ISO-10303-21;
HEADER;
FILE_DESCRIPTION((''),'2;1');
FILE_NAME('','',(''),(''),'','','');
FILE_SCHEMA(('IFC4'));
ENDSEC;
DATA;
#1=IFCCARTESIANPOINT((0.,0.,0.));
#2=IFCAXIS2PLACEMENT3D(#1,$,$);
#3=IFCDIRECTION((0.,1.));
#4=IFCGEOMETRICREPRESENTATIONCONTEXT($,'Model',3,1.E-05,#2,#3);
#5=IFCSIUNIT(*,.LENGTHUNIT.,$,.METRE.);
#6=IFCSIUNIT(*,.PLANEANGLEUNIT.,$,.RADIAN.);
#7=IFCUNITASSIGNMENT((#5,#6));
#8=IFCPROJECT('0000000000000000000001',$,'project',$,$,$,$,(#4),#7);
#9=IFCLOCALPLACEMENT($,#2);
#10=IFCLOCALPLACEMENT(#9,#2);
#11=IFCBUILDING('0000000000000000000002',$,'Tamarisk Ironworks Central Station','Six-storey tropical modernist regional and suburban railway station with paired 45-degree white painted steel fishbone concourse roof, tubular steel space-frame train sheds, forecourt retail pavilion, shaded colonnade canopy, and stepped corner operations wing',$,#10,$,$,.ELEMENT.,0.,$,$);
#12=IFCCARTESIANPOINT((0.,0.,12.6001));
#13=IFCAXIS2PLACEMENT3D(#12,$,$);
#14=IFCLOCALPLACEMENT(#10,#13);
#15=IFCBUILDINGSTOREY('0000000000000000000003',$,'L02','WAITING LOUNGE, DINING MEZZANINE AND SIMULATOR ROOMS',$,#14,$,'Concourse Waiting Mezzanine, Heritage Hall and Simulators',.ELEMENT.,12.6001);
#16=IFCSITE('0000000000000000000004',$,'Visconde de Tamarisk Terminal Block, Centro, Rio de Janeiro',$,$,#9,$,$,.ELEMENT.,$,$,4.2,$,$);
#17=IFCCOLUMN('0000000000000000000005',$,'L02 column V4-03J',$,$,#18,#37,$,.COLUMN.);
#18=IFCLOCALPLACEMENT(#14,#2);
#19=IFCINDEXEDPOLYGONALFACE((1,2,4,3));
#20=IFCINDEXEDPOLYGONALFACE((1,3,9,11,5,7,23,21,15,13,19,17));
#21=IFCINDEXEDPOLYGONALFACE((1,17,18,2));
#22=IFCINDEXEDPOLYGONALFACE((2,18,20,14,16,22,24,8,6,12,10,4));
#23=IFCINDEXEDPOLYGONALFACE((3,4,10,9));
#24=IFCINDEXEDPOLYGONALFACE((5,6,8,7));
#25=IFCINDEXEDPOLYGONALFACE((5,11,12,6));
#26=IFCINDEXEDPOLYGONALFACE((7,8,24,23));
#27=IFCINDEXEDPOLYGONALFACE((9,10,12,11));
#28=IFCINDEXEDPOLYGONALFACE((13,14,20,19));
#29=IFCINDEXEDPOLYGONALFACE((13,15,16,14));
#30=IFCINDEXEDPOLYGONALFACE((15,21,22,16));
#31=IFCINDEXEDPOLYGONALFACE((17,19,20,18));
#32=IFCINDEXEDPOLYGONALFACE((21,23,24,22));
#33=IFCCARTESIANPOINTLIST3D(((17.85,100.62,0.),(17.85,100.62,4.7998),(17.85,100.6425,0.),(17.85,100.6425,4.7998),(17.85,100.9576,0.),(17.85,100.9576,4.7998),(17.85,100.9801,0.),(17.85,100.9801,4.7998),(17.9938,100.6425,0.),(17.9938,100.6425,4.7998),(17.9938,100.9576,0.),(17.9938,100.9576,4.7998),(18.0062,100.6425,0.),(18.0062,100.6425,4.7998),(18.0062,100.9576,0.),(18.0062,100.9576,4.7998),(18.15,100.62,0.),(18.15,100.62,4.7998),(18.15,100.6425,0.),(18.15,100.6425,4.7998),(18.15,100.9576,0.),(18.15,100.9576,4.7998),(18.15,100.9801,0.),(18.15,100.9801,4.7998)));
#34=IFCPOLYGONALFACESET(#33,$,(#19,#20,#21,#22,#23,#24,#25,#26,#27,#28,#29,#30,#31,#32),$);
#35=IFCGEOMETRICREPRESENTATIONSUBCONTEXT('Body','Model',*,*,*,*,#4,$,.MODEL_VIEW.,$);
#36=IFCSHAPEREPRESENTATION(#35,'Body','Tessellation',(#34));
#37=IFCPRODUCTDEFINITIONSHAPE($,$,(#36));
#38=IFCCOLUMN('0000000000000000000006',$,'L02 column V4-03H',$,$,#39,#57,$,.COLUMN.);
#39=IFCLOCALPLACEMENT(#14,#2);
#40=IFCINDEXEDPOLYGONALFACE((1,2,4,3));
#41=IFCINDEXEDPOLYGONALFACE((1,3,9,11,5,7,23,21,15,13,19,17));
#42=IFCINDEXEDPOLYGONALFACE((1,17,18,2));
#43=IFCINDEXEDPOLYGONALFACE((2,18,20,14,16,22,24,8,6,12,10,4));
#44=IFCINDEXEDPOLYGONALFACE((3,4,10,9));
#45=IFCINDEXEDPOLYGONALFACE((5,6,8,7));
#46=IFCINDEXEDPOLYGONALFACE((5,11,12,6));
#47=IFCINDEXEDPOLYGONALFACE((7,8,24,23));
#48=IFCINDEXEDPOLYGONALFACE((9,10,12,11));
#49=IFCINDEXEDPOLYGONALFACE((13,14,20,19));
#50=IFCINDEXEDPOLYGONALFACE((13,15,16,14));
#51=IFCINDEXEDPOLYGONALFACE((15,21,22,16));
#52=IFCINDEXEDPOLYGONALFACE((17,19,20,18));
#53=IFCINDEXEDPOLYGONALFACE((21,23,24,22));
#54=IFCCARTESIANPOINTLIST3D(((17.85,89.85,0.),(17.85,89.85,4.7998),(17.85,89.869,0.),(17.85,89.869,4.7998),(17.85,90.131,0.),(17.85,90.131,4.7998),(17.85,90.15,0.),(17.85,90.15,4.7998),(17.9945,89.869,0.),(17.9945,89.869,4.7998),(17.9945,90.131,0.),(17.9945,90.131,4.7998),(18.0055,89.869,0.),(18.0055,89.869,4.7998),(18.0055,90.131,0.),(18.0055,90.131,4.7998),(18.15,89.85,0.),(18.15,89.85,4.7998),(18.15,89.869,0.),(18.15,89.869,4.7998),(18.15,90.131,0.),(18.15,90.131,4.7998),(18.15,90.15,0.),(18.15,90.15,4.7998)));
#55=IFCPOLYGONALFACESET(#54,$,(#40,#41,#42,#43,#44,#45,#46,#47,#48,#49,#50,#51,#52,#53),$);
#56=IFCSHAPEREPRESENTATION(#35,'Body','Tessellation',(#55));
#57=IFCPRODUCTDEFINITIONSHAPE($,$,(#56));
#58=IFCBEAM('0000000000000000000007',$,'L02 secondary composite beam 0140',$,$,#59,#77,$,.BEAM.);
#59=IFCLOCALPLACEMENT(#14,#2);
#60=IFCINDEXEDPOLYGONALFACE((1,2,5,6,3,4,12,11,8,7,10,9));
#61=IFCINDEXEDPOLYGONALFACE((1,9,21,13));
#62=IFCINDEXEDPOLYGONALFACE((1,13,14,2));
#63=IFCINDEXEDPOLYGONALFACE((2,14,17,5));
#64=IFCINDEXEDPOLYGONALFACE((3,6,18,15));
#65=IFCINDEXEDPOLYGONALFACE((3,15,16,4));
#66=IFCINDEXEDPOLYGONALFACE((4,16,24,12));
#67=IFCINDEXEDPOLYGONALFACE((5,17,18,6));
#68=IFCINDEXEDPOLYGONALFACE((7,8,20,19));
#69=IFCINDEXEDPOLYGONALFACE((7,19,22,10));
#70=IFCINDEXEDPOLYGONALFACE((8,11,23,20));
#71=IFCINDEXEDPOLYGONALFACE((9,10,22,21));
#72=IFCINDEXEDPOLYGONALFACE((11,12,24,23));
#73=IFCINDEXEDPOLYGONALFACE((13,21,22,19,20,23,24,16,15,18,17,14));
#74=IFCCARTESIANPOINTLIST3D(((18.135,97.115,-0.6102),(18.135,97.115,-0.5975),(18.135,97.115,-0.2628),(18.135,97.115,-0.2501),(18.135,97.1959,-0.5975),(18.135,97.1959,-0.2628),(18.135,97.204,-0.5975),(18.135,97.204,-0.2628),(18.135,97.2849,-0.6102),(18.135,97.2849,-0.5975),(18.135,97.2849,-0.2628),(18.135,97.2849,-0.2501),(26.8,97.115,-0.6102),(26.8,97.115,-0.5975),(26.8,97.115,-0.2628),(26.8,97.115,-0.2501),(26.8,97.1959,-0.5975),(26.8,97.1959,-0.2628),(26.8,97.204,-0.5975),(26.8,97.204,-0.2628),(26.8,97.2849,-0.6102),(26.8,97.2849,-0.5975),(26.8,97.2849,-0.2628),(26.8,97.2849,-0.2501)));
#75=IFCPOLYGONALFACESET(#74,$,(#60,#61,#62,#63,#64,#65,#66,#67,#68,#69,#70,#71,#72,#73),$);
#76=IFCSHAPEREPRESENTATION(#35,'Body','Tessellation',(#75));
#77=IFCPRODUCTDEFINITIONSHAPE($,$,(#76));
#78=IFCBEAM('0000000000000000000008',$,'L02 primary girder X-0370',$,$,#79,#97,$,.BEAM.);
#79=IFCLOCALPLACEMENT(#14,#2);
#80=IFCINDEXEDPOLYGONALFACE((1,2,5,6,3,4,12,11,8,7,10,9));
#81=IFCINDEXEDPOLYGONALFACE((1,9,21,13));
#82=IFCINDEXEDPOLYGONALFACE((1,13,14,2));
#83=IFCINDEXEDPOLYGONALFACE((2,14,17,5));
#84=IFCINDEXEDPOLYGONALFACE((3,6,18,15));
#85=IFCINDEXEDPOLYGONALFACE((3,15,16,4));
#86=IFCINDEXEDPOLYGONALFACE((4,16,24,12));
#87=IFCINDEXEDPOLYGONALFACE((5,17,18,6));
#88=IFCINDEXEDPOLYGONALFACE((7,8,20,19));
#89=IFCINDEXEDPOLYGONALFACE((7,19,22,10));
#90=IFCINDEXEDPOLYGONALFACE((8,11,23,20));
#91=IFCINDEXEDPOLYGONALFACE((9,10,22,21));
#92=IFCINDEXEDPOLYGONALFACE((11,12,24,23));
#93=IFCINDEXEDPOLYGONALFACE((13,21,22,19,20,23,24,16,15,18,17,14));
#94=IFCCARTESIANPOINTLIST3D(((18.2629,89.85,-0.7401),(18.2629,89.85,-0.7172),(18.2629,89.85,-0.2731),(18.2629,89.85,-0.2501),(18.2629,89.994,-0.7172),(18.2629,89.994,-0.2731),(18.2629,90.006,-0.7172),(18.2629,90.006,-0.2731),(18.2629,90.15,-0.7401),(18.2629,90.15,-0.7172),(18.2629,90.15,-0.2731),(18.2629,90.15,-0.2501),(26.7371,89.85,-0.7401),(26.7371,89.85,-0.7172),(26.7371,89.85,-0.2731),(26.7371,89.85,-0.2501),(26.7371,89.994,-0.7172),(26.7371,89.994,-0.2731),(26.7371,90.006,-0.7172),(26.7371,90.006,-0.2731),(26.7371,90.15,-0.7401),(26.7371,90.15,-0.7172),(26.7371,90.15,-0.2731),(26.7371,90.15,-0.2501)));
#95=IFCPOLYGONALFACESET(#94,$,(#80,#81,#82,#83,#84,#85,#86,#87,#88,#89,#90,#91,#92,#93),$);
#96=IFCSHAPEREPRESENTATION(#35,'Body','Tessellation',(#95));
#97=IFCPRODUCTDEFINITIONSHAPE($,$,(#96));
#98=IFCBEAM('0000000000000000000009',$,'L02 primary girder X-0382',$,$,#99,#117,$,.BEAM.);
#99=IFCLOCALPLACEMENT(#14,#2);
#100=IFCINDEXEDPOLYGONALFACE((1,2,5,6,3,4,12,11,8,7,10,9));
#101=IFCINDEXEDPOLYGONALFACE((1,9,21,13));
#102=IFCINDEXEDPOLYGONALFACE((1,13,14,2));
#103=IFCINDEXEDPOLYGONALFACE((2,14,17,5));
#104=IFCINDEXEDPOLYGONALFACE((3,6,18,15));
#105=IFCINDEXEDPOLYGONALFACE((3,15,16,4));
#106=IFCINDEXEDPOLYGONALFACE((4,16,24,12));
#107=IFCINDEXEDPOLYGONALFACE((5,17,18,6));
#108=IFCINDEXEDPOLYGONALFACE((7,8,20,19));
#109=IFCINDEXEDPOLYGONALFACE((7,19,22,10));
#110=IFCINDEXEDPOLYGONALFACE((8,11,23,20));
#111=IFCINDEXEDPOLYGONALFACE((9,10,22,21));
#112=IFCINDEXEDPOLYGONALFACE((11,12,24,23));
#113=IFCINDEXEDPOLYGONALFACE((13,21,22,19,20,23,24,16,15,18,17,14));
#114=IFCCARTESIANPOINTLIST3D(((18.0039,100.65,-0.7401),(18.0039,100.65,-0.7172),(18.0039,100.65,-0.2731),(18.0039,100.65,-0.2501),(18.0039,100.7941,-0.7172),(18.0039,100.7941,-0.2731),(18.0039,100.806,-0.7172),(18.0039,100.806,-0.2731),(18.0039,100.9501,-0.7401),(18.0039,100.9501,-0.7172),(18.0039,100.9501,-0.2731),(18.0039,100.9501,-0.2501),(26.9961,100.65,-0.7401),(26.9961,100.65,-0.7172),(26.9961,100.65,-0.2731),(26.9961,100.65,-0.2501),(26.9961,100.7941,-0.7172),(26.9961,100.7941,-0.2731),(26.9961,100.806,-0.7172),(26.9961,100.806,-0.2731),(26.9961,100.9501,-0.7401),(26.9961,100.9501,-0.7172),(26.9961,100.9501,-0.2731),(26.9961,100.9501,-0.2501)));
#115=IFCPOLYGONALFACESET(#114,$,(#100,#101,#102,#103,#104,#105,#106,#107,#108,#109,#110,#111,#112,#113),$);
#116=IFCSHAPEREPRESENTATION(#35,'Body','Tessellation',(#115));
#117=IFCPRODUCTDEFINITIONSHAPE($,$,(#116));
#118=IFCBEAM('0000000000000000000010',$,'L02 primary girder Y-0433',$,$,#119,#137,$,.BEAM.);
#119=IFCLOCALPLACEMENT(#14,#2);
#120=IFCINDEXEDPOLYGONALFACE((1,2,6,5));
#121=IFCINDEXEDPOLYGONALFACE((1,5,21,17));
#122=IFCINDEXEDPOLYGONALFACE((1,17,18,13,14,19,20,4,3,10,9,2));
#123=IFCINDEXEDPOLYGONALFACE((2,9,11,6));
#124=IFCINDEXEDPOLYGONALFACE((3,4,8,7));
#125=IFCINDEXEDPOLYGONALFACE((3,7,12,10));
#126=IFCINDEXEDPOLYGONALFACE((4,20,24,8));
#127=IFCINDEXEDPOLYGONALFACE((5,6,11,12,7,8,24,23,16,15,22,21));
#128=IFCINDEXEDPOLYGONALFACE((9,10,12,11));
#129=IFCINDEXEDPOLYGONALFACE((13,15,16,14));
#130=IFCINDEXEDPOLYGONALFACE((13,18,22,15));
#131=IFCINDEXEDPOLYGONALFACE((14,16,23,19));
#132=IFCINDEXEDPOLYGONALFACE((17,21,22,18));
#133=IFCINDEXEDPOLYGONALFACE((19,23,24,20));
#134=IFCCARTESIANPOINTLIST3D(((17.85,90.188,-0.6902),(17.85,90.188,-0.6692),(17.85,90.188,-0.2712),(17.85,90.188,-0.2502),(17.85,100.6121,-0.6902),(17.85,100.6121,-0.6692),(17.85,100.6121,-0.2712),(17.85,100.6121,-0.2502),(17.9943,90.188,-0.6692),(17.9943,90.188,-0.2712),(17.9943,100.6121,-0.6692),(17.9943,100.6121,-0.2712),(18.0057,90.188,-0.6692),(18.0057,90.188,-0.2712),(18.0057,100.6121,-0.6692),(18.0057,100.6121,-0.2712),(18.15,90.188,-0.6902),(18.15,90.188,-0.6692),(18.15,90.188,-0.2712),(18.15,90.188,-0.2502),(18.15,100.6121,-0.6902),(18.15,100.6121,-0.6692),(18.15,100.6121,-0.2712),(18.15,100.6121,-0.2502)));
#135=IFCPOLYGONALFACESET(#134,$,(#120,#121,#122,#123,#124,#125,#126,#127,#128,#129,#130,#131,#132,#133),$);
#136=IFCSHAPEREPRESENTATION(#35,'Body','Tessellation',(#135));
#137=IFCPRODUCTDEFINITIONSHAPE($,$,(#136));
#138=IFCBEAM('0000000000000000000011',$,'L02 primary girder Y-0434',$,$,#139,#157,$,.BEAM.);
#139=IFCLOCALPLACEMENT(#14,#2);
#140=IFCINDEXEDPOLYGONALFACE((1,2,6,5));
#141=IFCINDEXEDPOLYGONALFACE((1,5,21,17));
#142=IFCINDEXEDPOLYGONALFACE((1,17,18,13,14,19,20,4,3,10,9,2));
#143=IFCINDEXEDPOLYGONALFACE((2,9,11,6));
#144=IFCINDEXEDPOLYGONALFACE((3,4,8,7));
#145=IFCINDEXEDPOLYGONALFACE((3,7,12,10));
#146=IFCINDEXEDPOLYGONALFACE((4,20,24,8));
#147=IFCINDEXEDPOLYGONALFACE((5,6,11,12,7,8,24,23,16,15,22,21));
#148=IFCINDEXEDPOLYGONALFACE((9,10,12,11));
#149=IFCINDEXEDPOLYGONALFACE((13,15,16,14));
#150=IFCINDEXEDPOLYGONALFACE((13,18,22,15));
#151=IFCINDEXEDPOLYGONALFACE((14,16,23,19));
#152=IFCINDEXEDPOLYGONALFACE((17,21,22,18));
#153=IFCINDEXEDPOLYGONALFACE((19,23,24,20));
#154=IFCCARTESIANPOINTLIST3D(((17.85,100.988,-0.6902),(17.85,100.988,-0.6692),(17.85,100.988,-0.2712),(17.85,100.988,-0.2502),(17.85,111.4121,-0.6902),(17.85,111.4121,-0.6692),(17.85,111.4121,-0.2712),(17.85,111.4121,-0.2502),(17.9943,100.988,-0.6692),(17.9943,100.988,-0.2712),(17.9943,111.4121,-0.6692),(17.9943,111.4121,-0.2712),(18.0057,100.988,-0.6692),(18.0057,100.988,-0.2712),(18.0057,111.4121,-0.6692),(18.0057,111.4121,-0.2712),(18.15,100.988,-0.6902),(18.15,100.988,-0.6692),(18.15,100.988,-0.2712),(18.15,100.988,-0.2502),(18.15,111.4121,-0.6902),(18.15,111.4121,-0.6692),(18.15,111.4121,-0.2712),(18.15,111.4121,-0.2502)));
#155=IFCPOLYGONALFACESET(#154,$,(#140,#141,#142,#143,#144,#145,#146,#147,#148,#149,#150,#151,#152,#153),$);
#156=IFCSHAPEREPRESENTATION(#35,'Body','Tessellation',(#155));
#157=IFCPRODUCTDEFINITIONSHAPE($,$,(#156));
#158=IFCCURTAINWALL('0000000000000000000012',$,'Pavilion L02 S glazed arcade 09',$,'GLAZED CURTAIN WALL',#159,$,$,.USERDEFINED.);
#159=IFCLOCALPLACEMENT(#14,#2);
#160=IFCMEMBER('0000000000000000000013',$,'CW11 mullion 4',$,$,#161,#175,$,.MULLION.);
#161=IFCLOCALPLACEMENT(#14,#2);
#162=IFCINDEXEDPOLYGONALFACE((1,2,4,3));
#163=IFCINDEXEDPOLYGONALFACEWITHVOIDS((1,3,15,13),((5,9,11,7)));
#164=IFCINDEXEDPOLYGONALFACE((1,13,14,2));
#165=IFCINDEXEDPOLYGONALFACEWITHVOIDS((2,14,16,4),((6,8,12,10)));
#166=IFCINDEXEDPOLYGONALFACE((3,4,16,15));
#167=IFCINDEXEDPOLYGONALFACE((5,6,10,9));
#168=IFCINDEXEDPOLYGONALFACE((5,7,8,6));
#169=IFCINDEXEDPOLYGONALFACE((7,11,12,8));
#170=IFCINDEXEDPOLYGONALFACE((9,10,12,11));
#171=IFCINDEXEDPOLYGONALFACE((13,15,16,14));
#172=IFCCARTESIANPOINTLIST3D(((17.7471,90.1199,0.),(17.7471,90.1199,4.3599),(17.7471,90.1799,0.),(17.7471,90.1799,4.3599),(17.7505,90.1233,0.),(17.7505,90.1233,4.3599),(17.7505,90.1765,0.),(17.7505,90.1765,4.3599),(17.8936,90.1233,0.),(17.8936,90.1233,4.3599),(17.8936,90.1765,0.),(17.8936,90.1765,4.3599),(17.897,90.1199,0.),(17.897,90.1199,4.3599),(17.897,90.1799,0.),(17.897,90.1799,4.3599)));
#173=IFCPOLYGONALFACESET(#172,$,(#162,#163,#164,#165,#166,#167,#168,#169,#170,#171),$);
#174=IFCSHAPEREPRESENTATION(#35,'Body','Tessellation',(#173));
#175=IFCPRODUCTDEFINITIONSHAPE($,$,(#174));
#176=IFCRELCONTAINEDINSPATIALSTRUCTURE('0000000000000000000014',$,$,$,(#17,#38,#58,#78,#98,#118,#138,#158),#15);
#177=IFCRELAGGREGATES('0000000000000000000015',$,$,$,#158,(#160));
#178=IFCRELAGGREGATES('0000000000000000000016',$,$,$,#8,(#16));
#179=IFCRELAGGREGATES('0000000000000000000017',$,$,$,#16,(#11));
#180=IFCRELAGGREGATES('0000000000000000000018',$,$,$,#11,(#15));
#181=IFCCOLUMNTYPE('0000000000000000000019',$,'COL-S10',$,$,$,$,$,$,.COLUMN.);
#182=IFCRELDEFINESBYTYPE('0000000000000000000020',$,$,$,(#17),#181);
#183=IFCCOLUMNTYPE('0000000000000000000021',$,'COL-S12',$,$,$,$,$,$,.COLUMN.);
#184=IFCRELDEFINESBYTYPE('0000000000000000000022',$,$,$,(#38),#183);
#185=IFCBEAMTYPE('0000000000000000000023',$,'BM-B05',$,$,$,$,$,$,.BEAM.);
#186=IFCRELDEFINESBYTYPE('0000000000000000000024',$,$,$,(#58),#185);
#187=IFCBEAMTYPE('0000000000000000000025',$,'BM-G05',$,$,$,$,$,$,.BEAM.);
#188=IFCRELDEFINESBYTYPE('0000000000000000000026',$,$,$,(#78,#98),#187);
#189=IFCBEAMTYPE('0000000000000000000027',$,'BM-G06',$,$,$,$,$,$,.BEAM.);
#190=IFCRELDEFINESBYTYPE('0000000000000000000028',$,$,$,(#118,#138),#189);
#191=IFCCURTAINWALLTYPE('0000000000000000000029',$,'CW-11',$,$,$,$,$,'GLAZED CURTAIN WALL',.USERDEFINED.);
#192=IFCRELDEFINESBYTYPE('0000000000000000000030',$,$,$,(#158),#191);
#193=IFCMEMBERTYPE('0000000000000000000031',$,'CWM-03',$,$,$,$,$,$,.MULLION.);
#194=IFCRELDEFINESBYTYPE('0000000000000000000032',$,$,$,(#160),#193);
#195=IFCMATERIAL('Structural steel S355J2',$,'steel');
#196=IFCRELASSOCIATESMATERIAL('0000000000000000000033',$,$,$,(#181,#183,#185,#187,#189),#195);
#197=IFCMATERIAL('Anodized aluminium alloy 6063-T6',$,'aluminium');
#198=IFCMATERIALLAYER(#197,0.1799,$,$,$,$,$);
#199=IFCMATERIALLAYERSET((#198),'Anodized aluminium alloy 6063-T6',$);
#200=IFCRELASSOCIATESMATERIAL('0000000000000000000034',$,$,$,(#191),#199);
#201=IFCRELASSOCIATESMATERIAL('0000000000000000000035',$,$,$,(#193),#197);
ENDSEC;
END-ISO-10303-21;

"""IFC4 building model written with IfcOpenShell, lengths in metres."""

from ifc_helpers import new_model, si_unit, direction, frame, origin, origin_2d, place, context, subcontext, project, spatial, hollow_rectangle, i_section, extrude, material, layer, layer_set, material_profile, profile_set, type_object, element, aggregate, save


model = new_model("IFC4")

# Units and contexts
model_context = context("Model", 3, precision=1e-05, world=origin(), true_north=direction((0.0, 1.0)))
body_context = subcontext(model_context, "Body", "Model", "MODEL_VIEW")
ifc_project = project(units=[si_unit("LENGTHUNIT", "METRE"), si_unit("PLANEANGLEUNIT", "RADIAN")], contexts=[model_context])

# Site, building, storey
site_placement = place(None, origin())
site = spatial("IfcSite", under=ifc_project, at=site_placement, Name="Visconde de Tamarisk Terminal Block, Centro, Rio de Janeiro", CompositionType="ELEMENT", RefElevation=4.2)
building_placement = place(site_placement, origin())
building = spatial("IfcBuilding", under=site, at=building_placement, Name="Tamarisk Ironworks Central Station", Description="Six-storey tropical modernist regional and suburban railway station with paired 45-degree white painted steel fishbone concourse roof, tubular steel space-frame train sheds, forecourt retail pavilion, shaded colonnade canopy, and stepped corner operations wing", CompositionType="ELEMENT", ElevationOfRefHeight=0.0)
storey_placement = place(building_placement, frame((0.0, 0.0, 12.6001)))
storey = spatial("IfcBuildingStorey", under=building, at=storey_placement, Name="L02", Description="WAITING LOUNGE, DINING MEZZANINE AND SIMULATOR ROOMS", LongName="Concourse Waiting Mezzanine, Heritage Hall and Simulators", CompositionType="ELEMENT", Elevation=12.6001)

# Columns
ifc_material_1 = material(Name="Structural steel S355J2", Category="steel")
ifc_material_profile_1 = material_profile(ifc_material_1, i_section(OverallWidth=0.3, OverallDepth=0.3601, WebThickness=0.0125, FlangeThickness=0.0225, at=origin_2d()), Name="HEB 360")
ifc_profile_set_1 = profile_set([ifc_material_profile_1], Name="Structural steel S355J2")
column_type_1 = type_object("IfcColumnType", Name="COL-S10", PredefinedType="COLUMN", material=ifc_profile_set_1)
column_1_placement = place(storey_placement, frame((18.0, 100.8, 0.0), z_axis=(0.0, 0.0, 1.0), x_axis=(1.0, 0.0, 0.0)))
element("IfcColumn", 1, at=column_1_placement, inside=storey, type_object=column_type_1, Name="L02 column V4-03J", PredefinedType="COLUMN", context=body_context, shape_type="SweptSolid", body=[
    extrude(i_section(OverallWidth=0.3, OverallDepth=0.3601, WebThickness=0.0125, FlangeThickness=0.0225, at=origin_2d()), origin(), (0.0, 0.0, 1.0), 4.7998),
])
ifc_material_profile_2 = material_profile(ifc_material_1, i_section(OverallWidth=0.3, OverallDepth=0.3, WebThickness=0.011, FlangeThickness=0.019, at=origin_2d()), Name="HEB 300")
ifc_profile_set_2 = profile_set([ifc_material_profile_2], Name="Structural steel S355J2")
column_type_2 = type_object("IfcColumnType", Name="COL-S12", PredefinedType="COLUMN", material=ifc_profile_set_2)
column_2_placement = place(storey_placement, frame((18.0, 90.0, 0.0), z_axis=(0.0, 0.0, 1.0), x_axis=(1.0, 0.0, 0.0)))
element("IfcColumn", 2, at=column_2_placement, inside=storey, type_object=column_type_2, Name="L02 column V4-03H", PredefinedType="COLUMN", context=body_context, shape_type="SweptSolid", body=[
    extrude(i_section(OverallWidth=0.3, OverallDepth=0.3, WebThickness=0.011, FlangeThickness=0.019, at=origin_2d()), origin(), (0.0, 0.0, 1.0), 4.7998),
])

# Beams
ifc_material_profile_3 = material_profile(ifc_material_1, i_section(OverallWidth=0.1699, OverallDepth=0.3601, WebThickness=0.0081, FlangeThickness=0.0127, at=origin_2d()), Name="IPE 360")
ifc_profile_set_3 = profile_set([ifc_material_profile_3], Name="Structural steel S355J2")
beam_type_1 = type_object("IfcBeamType", Name="BM-B05", PredefinedType="BEAM", material=ifc_profile_set_3)
beam_1_placement = place(storey_placement, frame((18.135, 97.2, -0.4302), z_axis=(1.0, 0.0, 0.0), x_axis=(0.0, 1.0, 0.0)))
element("IfcBeam", 3, at=beam_1_placement, inside=storey, type_object=beam_type_1, Name="L02 secondary composite beam 0140", PredefinedType="BEAM", context=body_context, shape_type="SweptSolid", body=[
    extrude(i_section(OverallWidth=0.1699, OverallDepth=0.3601, WebThickness=0.0081, FlangeThickness=0.0127, at=origin_2d()), origin(), (0.0, 0.0, 1.0), 8.665),
])
ifc_material_profile_4 = material_profile(ifc_material_1, i_section(OverallWidth=0.3, OverallDepth=0.49, WebThickness=0.012, FlangeThickness=0.0229, at=origin_2d()), Name="HEA 500")
ifc_profile_set_4 = profile_set([ifc_material_profile_4], Name="Structural steel S355J2")
beam_type_2 = type_object("IfcBeamType", Name="BM-G05", PredefinedType="BEAM", material=ifc_profile_set_4)
beam_2_placement = place(storey_placement, frame((18.2629, 90.0, -0.4951), z_axis=(1.0, 0.0, 0.0), x_axis=(0.0, 1.0, 0.0)))
element("IfcBeam", 4, at=beam_2_placement, inside=storey, type_object=beam_type_2, Name="L02 primary girder X-0370", PredefinedType="BEAM", context=body_context, shape_type="SweptSolid", body=[
    extrude(i_section(OverallWidth=0.3, OverallDepth=0.49, WebThickness=0.012, FlangeThickness=0.0229, at=origin_2d()), origin(), (0.0, 0.0, 1.0), 8.4741),
])
beam_3_placement = place(storey_placement, frame((18.0039, 100.8, -0.4951), z_axis=(1.0, 0.0, 0.0), x_axis=(0.0, 1.0, 0.0)))
element("IfcBeam", 5, at=beam_3_placement, inside=storey, type_object=beam_type_2, Name="L02 primary girder X-0382", PredefinedType="BEAM", context=body_context, shape_type="SweptSolid", body=[
    extrude(i_section(OverallWidth=0.3, OverallDepth=0.49, WebThickness=0.012, FlangeThickness=0.0229, at=origin_2d()), origin(), (0.0, 0.0, 1.0), 8.9922),
])
ifc_material_profile_5 = material_profile(ifc_material_1, i_section(OverallWidth=0.3, OverallDepth=0.4399, WebThickness=0.0115, FlangeThickness=0.021, at=origin_2d()), Name="HEA 450")
ifc_profile_set_5 = profile_set([ifc_material_profile_5], Name="Structural steel S355J2")
beam_type_3 = type_object("IfcBeamType", Name="BM-G06", PredefinedType="BEAM", material=ifc_profile_set_5)
for number, where, z_axis, x_axis, name in (
    (6, (18.0, 90.188, -0.4702), (0.0, 1.0, 0.0), (-1.0, 0.0, 0.0), "L02 primary girder Y-0433"),
    (7, (18.0, 100.988, -0.4702), (0.0, 1.0, 0.0), (-1.0, 0.0, 0.0), "L02 primary girder Y-0434"),
):
    element("IfcBeam", number, at=place(storey_placement, frame(where, z_axis=z_axis, x_axis=x_axis)), inside=storey, type_object=beam_type_3, Name=name, PredefinedType="BEAM", context=body_context, shape_type="SweptSolid", body=[
        extrude(i_section(OverallWidth=0.3, OverallDepth=0.4399, WebThickness=0.0115, FlangeThickness=0.021, at=origin_2d()), origin(), (0.0, 0.0, 1.0), 10.4241),
    ])

# Curtain wall, member
ifc_material_2 = material(Name="Anodized aluminium alloy 6063-T6", Category="aluminium")
ifc_layer_1 = layer(ifc_material_2, 0.1799)
ifc_layer_set_1 = layer_set([ifc_layer_1], Name="Anodized aluminium alloy 6063-T6")
curtain_wall_type = type_object("IfcCurtainWallType", Name="CW-11", ElementType="GLAZED CURTAIN WALL", PredefinedType="USERDEFINED", material=ifc_layer_set_1)
curtain_wall_1_placement = place(storey_placement, origin())
curtain_wall_1 = element("IfcCurtainWall", 8, at=curtain_wall_1_placement, inside=storey, type_object=curtain_wall_type, Name="Pavilion L02 S glazed arcade 09", ObjectType="GLAZED CURTAIN WALL", PredefinedType="USERDEFINED")
ifc_material_profile_6 = material_profile(ifc_material_2, hollow_rectangle(XDim=0.0601, YDim=0.1499, WallThickness=0.0034, at=origin_2d()), Name="ALUM 150x60")
ifc_profile_set_6 = profile_set([ifc_material_profile_6], Name="Anodized aluminium alloy 6063-T6")
member_type_1 = type_object("IfcMemberType", Name="CWM-03", PredefinedType="MULLION", material=ifc_profile_set_6)
member_1_placement = place(storey_placement, frame((17.822, 90.1499, 0.0), z_axis=(0.0, 0.0, 1.0), x_axis=(0.0, 1.0, 0.0)))
member_1 = element("IfcMember", 9, at=member_1_placement, type_object=member_type_1, Name="CW11 mullion 4", PredefinedType="MULLION", context=body_context, shape_type="SweptSolid", body=[
    extrude(hollow_rectangle(XDim=0.0601, YDim=0.1499, WallThickness=0.0034, at=origin_2d()), origin(), (0.0, 0.0, 1.0), 4.3599),
])

aggregate(curtain_wall_1, [member_1])

save(model, "model.ifc")
